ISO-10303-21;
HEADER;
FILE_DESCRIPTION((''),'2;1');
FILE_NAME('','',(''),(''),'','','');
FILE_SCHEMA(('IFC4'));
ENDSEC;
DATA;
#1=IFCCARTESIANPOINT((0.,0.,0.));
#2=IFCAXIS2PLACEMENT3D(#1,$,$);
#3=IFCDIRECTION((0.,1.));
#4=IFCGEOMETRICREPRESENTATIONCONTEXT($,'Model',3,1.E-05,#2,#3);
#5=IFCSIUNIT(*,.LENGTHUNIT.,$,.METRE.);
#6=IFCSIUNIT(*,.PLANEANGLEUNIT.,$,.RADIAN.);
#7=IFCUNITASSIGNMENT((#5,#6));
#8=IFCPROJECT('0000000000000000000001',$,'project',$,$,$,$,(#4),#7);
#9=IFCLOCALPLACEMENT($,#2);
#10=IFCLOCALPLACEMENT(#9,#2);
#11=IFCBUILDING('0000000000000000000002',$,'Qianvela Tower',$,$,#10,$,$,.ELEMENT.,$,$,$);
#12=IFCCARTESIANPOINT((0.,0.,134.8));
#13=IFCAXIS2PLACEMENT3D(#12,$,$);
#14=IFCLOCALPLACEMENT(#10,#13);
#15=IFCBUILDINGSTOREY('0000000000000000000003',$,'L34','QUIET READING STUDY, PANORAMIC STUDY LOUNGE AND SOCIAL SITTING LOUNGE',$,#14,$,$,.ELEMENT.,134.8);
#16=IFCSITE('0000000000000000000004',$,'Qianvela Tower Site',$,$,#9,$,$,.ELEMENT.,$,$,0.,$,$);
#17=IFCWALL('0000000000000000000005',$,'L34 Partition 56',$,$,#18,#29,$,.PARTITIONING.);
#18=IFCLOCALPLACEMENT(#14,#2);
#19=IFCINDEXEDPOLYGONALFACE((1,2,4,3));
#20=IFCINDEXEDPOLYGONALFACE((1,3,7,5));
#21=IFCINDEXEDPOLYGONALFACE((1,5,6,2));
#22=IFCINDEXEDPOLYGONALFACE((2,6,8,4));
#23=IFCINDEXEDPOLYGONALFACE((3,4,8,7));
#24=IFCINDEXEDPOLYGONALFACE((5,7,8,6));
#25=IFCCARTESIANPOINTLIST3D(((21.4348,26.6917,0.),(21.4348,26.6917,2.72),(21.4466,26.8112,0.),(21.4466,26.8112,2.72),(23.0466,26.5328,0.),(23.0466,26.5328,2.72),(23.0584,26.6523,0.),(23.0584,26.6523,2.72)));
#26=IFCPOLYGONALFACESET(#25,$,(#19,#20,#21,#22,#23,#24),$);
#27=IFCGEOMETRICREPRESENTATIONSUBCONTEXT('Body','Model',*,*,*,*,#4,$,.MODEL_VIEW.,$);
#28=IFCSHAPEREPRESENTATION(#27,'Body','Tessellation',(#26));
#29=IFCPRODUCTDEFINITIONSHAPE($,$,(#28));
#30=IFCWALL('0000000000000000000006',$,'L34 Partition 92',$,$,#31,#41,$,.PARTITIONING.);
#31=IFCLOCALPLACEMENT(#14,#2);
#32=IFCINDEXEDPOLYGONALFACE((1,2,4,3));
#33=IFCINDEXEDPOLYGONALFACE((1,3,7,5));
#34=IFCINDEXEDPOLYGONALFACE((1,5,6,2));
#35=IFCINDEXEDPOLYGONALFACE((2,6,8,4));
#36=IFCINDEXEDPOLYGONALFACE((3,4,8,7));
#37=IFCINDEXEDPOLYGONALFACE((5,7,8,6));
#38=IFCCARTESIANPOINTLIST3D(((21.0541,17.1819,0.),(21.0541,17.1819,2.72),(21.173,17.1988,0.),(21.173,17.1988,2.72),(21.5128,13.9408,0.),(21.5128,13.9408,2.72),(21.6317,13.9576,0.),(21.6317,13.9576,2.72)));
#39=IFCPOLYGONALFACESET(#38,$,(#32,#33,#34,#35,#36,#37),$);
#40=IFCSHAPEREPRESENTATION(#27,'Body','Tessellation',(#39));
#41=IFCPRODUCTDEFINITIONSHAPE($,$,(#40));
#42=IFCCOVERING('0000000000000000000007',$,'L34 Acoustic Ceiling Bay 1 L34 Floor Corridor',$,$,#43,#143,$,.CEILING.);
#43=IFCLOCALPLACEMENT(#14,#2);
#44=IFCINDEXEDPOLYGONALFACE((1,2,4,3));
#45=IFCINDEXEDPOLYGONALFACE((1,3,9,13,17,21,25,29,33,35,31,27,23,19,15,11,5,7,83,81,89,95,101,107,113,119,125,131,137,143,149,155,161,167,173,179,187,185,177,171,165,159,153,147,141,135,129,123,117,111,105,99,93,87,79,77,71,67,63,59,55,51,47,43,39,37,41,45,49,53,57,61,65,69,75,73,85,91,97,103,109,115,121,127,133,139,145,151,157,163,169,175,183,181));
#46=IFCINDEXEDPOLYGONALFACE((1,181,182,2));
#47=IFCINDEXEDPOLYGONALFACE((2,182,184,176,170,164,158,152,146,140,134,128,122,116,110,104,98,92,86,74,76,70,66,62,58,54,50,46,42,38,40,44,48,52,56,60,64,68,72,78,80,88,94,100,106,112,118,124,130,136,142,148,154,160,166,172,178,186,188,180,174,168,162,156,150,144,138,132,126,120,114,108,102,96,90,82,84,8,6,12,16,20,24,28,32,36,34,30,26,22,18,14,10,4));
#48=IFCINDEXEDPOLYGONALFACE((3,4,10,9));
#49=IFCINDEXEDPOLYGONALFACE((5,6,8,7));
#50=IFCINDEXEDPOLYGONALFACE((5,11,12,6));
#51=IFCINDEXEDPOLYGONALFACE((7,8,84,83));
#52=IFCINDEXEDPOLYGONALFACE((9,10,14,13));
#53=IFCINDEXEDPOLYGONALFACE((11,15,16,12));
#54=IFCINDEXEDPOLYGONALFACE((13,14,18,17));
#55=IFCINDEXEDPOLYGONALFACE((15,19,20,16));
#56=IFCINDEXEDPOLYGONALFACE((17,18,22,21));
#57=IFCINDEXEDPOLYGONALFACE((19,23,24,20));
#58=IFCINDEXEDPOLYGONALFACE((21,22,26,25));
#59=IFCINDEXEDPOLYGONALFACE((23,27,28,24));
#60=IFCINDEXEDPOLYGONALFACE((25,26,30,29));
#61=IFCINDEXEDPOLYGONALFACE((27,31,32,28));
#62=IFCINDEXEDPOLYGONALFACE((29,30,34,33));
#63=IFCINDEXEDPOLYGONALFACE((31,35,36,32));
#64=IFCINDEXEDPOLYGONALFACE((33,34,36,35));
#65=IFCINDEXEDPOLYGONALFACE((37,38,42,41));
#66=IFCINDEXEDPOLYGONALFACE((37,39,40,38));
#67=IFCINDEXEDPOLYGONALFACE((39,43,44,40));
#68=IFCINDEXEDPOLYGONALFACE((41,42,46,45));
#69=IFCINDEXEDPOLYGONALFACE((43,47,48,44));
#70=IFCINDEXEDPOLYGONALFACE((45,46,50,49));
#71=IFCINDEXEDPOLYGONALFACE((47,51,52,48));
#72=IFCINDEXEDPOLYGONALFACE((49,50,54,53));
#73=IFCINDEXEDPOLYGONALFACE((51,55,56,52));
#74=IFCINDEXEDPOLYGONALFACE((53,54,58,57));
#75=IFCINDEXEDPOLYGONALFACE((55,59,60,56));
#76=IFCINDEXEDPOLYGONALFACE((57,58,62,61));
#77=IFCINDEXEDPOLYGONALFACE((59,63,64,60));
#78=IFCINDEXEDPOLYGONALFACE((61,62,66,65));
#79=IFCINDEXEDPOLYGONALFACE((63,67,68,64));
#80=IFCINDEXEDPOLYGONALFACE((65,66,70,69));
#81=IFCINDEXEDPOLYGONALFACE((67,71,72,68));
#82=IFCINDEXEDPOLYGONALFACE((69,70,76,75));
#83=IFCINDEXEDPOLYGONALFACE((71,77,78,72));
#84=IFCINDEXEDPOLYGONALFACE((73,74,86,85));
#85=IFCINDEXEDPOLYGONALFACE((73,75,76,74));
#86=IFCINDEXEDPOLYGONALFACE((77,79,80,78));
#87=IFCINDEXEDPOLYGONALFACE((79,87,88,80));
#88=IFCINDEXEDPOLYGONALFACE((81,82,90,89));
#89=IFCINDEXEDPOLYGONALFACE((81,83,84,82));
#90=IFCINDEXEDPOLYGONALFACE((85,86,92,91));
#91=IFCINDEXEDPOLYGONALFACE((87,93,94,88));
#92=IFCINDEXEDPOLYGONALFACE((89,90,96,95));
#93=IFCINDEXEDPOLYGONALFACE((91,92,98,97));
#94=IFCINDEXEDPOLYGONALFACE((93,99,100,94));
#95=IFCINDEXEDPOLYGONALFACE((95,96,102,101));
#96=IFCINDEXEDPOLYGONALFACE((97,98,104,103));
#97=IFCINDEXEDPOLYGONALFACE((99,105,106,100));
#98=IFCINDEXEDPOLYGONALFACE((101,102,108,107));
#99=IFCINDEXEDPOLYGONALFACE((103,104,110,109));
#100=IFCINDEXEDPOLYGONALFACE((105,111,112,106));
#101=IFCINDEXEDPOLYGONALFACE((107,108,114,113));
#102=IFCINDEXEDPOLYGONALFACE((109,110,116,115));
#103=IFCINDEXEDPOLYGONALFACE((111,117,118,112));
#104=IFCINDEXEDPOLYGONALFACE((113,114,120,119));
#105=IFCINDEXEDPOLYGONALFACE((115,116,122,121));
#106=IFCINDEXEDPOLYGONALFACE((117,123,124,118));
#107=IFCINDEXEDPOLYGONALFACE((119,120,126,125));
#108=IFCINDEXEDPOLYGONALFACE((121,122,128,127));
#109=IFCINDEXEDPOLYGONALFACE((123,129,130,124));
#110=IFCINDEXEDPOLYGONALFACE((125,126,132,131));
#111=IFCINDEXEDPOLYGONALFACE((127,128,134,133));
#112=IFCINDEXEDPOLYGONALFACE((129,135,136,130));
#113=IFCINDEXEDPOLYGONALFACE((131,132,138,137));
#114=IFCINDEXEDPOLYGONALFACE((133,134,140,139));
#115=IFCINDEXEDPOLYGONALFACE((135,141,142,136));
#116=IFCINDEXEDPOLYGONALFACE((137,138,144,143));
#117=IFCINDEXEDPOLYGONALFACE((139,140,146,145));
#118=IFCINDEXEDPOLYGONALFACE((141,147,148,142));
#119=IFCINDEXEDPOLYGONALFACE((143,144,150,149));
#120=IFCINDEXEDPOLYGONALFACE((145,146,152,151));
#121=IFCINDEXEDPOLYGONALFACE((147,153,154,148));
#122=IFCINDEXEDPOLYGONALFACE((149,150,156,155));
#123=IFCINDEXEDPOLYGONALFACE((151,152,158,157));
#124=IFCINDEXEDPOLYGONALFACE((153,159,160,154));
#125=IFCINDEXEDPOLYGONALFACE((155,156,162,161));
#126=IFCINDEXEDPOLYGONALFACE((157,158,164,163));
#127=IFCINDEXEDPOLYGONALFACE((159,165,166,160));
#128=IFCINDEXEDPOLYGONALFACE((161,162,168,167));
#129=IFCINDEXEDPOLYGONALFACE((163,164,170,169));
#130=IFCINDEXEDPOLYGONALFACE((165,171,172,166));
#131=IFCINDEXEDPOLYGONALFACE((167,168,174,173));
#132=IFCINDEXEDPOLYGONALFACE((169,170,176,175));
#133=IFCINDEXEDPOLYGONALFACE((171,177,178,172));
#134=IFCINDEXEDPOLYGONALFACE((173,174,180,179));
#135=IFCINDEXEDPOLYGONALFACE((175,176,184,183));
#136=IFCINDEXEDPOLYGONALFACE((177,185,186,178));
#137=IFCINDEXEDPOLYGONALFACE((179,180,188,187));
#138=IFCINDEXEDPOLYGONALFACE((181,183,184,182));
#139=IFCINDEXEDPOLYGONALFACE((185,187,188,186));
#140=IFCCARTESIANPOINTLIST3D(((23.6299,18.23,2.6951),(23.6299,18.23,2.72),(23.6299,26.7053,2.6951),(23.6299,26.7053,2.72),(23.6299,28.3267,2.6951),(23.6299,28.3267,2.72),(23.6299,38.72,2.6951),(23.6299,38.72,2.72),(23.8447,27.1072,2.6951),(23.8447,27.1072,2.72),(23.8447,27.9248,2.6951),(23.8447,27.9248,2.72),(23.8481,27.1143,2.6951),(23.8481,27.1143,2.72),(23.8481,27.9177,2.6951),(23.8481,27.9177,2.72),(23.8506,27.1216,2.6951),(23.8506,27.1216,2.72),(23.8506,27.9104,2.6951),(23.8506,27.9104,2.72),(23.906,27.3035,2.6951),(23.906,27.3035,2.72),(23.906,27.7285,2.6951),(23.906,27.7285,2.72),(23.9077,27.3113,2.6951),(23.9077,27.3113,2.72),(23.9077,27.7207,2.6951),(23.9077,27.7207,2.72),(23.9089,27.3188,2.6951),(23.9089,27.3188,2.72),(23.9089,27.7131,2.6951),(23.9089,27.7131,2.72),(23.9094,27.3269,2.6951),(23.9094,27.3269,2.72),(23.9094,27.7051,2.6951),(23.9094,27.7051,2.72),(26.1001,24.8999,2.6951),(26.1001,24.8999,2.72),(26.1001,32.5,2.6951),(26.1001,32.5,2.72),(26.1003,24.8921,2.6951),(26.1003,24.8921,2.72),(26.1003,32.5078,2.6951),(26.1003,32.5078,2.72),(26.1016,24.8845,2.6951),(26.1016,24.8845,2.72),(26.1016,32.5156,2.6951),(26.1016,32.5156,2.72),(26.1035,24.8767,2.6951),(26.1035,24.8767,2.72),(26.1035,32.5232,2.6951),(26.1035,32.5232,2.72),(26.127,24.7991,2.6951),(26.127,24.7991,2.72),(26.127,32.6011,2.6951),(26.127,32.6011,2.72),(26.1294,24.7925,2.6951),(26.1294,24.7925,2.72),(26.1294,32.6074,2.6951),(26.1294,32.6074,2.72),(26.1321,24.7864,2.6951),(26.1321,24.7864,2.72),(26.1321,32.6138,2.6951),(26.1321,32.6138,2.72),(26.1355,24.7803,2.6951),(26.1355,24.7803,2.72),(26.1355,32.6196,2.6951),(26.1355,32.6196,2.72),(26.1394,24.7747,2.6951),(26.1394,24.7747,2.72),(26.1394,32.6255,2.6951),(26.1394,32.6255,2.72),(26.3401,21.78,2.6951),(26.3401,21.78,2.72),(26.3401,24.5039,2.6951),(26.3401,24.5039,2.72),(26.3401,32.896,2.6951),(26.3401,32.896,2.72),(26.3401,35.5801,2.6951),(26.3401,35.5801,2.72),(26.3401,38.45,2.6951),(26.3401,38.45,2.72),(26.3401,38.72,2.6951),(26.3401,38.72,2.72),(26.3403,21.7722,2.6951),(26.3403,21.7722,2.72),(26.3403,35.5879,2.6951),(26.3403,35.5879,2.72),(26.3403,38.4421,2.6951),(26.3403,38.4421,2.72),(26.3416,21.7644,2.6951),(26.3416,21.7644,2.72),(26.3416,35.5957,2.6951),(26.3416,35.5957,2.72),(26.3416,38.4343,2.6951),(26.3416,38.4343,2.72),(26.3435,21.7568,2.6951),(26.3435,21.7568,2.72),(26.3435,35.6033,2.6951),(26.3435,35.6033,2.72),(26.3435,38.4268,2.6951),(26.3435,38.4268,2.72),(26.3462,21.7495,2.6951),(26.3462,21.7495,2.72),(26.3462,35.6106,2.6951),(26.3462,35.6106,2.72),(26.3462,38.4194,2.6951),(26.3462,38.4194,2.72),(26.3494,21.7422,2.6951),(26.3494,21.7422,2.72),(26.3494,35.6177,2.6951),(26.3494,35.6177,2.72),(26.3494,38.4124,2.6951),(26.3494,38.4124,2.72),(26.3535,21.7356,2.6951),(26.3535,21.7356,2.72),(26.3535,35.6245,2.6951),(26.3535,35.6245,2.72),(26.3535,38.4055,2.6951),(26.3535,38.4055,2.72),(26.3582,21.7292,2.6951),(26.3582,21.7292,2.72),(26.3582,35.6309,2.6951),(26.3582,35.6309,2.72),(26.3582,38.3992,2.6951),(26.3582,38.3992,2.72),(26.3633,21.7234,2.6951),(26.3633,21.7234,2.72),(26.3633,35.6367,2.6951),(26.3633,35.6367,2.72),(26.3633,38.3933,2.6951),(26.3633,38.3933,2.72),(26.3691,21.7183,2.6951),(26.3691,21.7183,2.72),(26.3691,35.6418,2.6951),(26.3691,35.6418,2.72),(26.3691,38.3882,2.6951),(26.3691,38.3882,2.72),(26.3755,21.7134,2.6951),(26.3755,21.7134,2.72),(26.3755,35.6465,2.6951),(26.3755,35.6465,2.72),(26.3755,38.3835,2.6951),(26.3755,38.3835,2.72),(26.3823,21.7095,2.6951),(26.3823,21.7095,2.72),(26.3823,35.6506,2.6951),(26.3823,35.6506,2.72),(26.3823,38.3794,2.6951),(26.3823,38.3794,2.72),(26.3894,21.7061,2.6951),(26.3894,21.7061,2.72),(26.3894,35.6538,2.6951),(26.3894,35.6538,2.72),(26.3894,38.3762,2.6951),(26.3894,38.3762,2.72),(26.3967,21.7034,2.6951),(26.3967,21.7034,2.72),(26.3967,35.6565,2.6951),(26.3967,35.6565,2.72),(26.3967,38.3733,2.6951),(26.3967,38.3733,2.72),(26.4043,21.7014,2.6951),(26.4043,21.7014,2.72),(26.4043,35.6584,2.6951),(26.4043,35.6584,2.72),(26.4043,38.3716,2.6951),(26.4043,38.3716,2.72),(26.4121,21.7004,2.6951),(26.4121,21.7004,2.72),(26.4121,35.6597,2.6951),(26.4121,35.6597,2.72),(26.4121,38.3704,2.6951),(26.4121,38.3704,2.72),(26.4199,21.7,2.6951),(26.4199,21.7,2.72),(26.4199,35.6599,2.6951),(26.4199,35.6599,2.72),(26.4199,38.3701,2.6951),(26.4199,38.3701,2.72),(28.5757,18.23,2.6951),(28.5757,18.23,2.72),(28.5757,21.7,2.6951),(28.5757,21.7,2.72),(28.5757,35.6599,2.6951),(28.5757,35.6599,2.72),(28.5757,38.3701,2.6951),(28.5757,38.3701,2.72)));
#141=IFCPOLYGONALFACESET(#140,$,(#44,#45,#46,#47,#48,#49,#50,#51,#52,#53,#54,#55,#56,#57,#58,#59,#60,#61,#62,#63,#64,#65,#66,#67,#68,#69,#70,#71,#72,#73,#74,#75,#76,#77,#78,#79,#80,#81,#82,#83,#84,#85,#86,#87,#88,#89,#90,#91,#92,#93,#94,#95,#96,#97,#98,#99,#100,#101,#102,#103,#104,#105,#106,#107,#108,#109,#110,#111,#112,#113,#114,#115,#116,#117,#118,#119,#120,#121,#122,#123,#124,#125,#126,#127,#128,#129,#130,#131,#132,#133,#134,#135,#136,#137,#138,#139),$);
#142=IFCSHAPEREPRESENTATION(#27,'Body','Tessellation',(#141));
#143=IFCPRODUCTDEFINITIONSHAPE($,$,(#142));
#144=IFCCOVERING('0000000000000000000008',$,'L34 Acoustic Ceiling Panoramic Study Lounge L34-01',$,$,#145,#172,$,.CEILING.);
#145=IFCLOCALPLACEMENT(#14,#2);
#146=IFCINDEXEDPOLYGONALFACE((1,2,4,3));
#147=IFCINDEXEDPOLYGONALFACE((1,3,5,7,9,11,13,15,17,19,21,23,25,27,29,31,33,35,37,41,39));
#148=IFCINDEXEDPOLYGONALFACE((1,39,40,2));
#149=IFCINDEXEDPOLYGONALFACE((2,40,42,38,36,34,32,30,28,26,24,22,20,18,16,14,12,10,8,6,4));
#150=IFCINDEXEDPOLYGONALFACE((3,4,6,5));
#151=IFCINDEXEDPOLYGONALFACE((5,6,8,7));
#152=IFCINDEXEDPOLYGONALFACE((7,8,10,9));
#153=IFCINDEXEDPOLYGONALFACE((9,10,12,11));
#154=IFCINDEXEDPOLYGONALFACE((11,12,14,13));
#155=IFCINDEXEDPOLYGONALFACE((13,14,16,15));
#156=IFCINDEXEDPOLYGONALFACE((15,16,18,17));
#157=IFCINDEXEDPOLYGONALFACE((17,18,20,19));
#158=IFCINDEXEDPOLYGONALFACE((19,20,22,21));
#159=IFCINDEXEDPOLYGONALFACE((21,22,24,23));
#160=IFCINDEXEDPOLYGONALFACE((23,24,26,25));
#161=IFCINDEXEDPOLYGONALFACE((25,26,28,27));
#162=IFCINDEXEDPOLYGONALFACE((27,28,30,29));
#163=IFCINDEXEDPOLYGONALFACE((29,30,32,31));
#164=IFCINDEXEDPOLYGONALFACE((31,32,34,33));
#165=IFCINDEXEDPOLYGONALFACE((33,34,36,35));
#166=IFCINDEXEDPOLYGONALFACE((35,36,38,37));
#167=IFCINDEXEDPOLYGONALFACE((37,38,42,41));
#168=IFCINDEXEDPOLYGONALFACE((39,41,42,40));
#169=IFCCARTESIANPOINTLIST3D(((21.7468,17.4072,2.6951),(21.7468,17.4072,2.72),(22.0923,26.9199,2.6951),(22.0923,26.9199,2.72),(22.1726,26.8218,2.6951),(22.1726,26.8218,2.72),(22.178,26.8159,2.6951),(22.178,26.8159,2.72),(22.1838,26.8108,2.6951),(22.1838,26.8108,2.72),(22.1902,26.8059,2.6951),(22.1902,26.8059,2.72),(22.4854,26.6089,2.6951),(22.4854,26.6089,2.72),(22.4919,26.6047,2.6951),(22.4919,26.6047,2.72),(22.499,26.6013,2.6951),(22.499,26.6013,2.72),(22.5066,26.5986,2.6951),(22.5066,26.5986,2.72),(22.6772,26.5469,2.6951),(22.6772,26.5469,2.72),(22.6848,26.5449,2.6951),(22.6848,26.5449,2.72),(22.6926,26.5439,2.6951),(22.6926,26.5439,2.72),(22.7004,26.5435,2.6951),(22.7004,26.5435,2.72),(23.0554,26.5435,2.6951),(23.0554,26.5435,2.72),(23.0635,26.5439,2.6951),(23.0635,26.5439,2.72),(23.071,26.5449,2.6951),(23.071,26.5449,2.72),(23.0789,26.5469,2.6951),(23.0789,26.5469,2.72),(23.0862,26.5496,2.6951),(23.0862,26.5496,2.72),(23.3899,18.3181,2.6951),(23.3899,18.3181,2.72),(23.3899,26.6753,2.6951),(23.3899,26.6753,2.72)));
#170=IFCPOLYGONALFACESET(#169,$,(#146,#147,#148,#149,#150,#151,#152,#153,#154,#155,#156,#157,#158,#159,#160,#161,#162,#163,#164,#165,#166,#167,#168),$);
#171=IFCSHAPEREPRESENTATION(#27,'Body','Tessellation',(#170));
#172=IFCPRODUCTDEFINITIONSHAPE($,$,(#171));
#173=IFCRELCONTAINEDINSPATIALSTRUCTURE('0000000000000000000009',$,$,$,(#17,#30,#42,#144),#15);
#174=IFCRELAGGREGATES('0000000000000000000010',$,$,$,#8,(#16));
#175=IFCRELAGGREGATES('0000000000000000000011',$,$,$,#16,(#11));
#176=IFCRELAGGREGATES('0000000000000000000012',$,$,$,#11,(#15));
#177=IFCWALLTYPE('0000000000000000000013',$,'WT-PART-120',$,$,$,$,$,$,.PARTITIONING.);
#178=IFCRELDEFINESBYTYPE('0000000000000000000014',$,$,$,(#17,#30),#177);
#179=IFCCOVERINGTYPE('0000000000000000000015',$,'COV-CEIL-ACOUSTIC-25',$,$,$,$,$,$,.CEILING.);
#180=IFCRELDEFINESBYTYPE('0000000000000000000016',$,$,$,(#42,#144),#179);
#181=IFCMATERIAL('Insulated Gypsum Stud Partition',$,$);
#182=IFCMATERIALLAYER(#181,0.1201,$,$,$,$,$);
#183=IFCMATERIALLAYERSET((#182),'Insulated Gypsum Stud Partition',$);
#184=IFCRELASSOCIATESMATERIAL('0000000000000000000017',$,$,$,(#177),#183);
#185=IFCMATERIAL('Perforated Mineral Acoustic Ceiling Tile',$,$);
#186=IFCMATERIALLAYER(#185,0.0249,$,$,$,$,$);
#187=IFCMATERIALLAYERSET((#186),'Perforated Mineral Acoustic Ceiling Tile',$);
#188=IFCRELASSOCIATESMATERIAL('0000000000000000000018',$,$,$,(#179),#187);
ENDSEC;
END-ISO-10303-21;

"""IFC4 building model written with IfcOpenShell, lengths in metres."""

from ifc_helpers import new_model, si_unit, direction, frame, frame_2d, origin, place, context, subcontext, project, spatial, polyline, rectangle, outline, extrude, material, layer, layer_set, type_object, element, save


model = new_model("IFC4")

# Units and contexts
model_context = context("Model", 3, precision=1e-05, world=origin(), true_north=direction((0.0, 1.0)))
body_context = subcontext(model_context, "Body", "Model", "MODEL_VIEW")
ifc_project = project(units=[si_unit("LENGTHUNIT", "METRE"), si_unit("PLANEANGLEUNIT", "RADIAN")], contexts=[model_context])

# Site, building, storey
site_placement = place(None, origin())
site = spatial("IfcSite", under=ifc_project, at=site_placement, Name="Qianvela Tower Site", CompositionType="ELEMENT", RefElevation=0.0)
building_placement = place(site_placement, origin())
building = spatial("IfcBuilding", under=site, at=building_placement, Name="Qianvela Tower", CompositionType="ELEMENT")
storey_placement = place(building_placement, frame((0.0, 0.0, 134.8)))
storey = spatial("IfcBuildingStorey", under=building, at=storey_placement, Name="L34", Description="QUIET READING STUDY, PANORAMIC STUDY LOUNGE AND SOCIAL SITTING LOUNGE", CompositionType="ELEMENT", Elevation=134.8)

# Walls
ifc_material_1 = material(Name="Insulated Gypsum Stud Partition")
ifc_layer_1 = layer(ifc_material_1, 0.1201)
ifc_layer_set_1 = layer_set([ifc_layer_1], Name="Insulated Gypsum Stud Partition")
wall_type_1 = type_object("IfcWallType", Name="WT-PART-120", PredefinedType="PARTITIONING", material=ifc_layer_set_1)
wall_1_placement = place(storey_placement, frame((21.4407, 26.7515, 0.0), z_axis=(0.0, 0.0, 1.0), x_axis=(0.995174, -0.098131, 0.0)))
element("IfcWall", 1, at=wall_1_placement, inside=storey, type_object=wall_type_1, Name="L34 Partition 56", PredefinedType="PARTITIONING", context=body_context, shape_type="SweptSolid", body=[
    extrude(rectangle(XDim=1.6196, YDim=0.1201, at=frame_2d((0.8098, 0.0))), origin(), (0.0, 0.0, 1.0), 2.72),
])
wall_2_placement = place(storey_placement, frame((21.5723, 13.9492, 0.0), z_axis=(0.0, 0.0, 1.0), x_axis=(-0.140137, 0.990132, 0.0)))
element("IfcWall", 2, at=wall_2_placement, inside=storey, type_object=wall_type_1, Name="L34 Partition 92", PredefinedType="PARTITIONING", context=body_context, shape_type="SweptSolid", body=[
    extrude(rectangle(XDim=3.2734, YDim=0.1201, at=frame_2d((1.6367, 0.0))), origin(), (0.0, 0.0, 1.0), 2.72),
])

# Coverings
ifc_material_2 = material(Name="Perforated Mineral Acoustic Ceiling Tile")
ifc_layer_2 = layer(ifc_material_2, 0.0249)
ifc_layer_set_2 = layer_set([ifc_layer_2], Name="Perforated Mineral Acoustic Ceiling Tile")
covering_type_1 = type_object("IfcCoveringType", Name="COV-CEIL-ACOUSTIC-25", PredefinedType="CEILING", material=ifc_layer_set_2)
covering_1_placement = place(storey_placement, frame((0.0, 0.0, 2.6951)))
element("IfcCovering", 3, at=covering_1_placement, inside=storey, type_object=covering_type_1, Name="L34 Acoustic Ceiling Bay 1 L34 Floor Corridor", PredefinedType="CEILING", context=body_context, shape_type="SweptSolid", body=[
    extrude(outline(polyline([(23.8481, 27.9177), (23.8447, 27.9248), (23.6299, 28.3267), (23.6299, 38.72), (26.3401, 38.72), (26.3401, 38.45), (26.3403, 38.4421), (26.3416, 38.4343), (26.3435, 38.4268), (26.3462, 38.4194), (26.3494, 38.4124), (26.3535, 38.4055), (26.3582, 38.3992), (26.3633, 38.3933), (26.3691, 38.3882), (26.3755, 38.3835), (26.3823, 38.3794), (26.3894, 38.3762), (26.3967, 38.3733), (26.4043, 38.3716), (26.4121, 38.3704), (26.4199, 38.3701), (28.5757, 38.3701), (28.5757, 35.6599), (26.4199, 35.6599), (26.4121, 35.6597), (26.4043, 35.6584), (26.3967, 35.6565), (26.3894, 35.6538), (26.3823, 35.6506), (26.3755, 35.6465), (26.3691, 35.6418), (26.3633, 35.6367), (26.3582, 35.6309), (26.3535, 35.6245), (26.3494, 35.6177), (26.3462, 35.6106), (26.3435, 35.6033), (26.3416, 35.5957), (26.3403, 35.5879), (26.3401, 35.5801), (26.3401, 32.896), (26.1394, 32.6255), (26.1355, 32.6196), (26.1321, 32.6138), (26.1294, 32.6074), (26.127, 32.6011), (26.1035, 32.5232), (26.1016, 32.5156), (26.1003, 32.5078), (26.1001, 32.5), (26.1001, 24.8999), (26.1003, 24.8921), (26.1016, 24.8845), (26.1035, 24.8767), (26.127, 24.7991), (26.1294, 24.7925), (26.1321, 24.7864), (26.1355, 24.7803), (26.1394, 24.7747), (26.3401, 24.5039), (26.3401, 21.78), (26.3403, 21.7722), (26.3416, 21.7644), (26.3435, 21.7568), (26.3462, 21.7495), (26.3494, 21.7422), (26.3535, 21.7356), (26.3582, 21.7292), (26.3633, 21.7234), (26.3691, 21.7183), (26.3755, 21.7134), (26.3823, 21.7095), (26.3894, 21.7061), (26.3967, 21.7034), (26.4043, 21.7014), (26.4121, 21.7004), (26.4199, 21.7), (28.5757, 21.7), (28.5757, 18.23), (23.6299, 18.23), (23.6299, 26.7053), (23.8447, 27.1072), (23.8481, 27.1143), (23.8506, 27.1216), (23.906, 27.3035), (23.9077, 27.3113), (23.9089, 27.3188), (23.9094, 27.3269), (23.9094, 27.7051), (23.9089, 27.7131), (23.9077, 27.7207), (23.906, 27.7285), (23.8506, 27.9104), (23.8481, 27.9177)])), origin(), (0.0, 0.0, 1.0), 0.0249),
])
covering_2_placement = place(storey_placement, frame((0.0, 0.0, 2.6951)))
element("IfcCovering", 4, at=covering_2_placement, inside=storey, type_object=covering_type_1, Name="L34 Acoustic Ceiling Panoramic Study Lounge L34-01", PredefinedType="CEILING", context=body_context, shape_type="SweptSolid", body=[
    extrude(outline(polyline([(22.0923, 26.9199), (22.1726, 26.8218), (22.178, 26.8159), (22.1838, 26.8108), (22.1902, 26.8059), (22.4854, 26.6089), (22.4919, 26.6047), (22.499, 26.6013), (22.5066, 26.5986), (22.6772, 26.5469), (22.6848, 26.5449), (22.6926, 26.5439), (22.7004, 26.5435), (23.0554, 26.5435), (23.0635, 26.5439), (23.071, 26.5449), (23.0789, 26.5469), (23.0862, 26.5496), (23.3899, 26.6753), (23.3899, 18.3181), (21.7468, 17.4072), (22.0923, 26.9199)])), origin(), (0.0, 0.0, 1.0), 0.0249),
])

save(model, "model.ifc")
